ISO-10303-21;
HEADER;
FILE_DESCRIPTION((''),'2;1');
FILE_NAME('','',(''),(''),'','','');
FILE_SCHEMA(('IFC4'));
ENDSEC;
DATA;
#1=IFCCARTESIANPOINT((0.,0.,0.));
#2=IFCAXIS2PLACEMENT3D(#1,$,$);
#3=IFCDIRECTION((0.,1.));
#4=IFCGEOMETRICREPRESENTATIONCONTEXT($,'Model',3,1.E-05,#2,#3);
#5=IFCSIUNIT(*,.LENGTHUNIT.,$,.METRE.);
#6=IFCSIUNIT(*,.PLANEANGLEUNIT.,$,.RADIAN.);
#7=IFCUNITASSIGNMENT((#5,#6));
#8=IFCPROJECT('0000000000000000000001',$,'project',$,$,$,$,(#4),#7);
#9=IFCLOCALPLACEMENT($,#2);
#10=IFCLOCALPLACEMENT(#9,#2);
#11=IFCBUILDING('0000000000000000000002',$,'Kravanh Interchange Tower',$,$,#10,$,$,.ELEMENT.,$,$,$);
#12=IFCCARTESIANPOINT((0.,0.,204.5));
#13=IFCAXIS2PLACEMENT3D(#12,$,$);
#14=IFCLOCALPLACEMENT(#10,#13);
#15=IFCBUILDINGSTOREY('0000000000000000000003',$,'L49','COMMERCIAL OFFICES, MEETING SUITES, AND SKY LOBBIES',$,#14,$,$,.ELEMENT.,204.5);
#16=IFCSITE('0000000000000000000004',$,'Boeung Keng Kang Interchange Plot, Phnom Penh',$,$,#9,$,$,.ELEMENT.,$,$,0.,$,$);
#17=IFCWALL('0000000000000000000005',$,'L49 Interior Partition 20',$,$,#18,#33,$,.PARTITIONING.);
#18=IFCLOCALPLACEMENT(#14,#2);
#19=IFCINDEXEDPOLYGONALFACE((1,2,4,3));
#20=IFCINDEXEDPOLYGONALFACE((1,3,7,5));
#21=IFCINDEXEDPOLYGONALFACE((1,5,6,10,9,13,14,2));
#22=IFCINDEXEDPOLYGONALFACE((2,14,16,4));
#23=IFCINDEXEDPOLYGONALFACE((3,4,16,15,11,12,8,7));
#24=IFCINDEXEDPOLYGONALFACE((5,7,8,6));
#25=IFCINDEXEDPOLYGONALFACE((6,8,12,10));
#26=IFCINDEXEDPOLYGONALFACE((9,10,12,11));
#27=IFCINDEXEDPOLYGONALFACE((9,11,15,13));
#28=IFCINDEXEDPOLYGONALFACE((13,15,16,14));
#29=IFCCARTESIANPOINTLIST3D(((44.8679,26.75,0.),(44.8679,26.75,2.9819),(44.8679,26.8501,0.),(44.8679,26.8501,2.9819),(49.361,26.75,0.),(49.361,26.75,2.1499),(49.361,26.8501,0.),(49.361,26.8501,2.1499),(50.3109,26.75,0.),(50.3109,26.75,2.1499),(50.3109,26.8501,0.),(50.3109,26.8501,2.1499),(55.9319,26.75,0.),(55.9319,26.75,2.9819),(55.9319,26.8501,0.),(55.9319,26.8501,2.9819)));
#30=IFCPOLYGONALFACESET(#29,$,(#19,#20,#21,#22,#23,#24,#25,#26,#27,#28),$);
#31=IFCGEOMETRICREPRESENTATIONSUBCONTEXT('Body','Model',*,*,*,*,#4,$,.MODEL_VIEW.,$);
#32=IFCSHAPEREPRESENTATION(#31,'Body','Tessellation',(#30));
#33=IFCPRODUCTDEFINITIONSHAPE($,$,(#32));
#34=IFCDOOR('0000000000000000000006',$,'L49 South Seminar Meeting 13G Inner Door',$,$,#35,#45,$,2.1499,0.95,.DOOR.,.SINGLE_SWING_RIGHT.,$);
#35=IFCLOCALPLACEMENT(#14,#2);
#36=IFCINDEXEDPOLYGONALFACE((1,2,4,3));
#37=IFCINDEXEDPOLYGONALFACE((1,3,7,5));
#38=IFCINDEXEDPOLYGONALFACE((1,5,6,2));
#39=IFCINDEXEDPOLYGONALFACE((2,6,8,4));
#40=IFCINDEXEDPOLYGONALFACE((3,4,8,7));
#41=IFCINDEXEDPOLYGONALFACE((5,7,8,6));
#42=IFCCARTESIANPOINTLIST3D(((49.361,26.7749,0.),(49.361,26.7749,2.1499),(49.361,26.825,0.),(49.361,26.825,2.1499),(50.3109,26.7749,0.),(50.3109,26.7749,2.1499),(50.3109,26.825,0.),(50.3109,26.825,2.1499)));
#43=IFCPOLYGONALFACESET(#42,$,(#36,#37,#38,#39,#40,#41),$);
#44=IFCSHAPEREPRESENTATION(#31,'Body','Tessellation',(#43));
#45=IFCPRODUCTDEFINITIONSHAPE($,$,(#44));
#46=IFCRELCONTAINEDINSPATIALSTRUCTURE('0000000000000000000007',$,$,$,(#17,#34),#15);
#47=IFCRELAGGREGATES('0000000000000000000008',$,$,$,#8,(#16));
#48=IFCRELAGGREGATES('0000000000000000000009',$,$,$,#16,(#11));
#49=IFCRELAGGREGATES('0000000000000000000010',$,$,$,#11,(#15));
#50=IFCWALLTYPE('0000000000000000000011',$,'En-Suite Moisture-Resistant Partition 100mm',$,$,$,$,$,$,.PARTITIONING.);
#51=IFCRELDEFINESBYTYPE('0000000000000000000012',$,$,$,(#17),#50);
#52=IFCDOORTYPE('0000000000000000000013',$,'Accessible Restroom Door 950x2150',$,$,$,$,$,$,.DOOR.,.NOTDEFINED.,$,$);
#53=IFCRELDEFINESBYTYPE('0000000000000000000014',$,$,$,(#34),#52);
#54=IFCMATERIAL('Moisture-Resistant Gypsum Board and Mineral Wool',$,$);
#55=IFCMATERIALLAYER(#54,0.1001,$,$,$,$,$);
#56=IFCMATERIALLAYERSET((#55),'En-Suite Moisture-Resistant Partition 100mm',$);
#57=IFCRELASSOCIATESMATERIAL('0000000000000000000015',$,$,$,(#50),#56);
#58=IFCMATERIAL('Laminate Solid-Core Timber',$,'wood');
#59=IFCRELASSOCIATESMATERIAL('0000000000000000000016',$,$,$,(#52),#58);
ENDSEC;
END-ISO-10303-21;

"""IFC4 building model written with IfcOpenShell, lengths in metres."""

from ifc_helpers import new_model, si_unit, direction, frame, frame_2d, origin, place, context, subcontext, project, spatial, rectangle, extrude, material, layer, layer_set, type_object, element, fill, save


model = new_model("IFC4")

# Units and contexts
model_context = context("Model", 3, precision=1e-05, world=origin(), true_north=direction((0.0, 1.0)))
body_context = subcontext(model_context, "Body", "Model", "MODEL_VIEW")
ifc_project = project(units=[si_unit("LENGTHUNIT", "METRE"), si_unit("PLANEANGLEUNIT", "RADIAN")], contexts=[model_context])

# Site, building, storey
site_placement = place(None, origin())
site = spatial("IfcSite", under=ifc_project, at=site_placement, Name="Boeung Keng Kang Interchange Plot, Phnom Penh", CompositionType="ELEMENT", RefElevation=0.0)
building_placement = place(site_placement, origin())
building = spatial("IfcBuilding", under=site, at=building_placement, Name="Kravanh Interchange Tower", CompositionType="ELEMENT")
storey_placement = place(building_placement, frame((0.0, 0.0, 204.5)))
storey = spatial("IfcBuildingStorey", under=building, at=storey_placement, Name="L49", Description="COMMERCIAL OFFICES, MEETING SUITES, AND SKY LOBBIES", CompositionType="ELEMENT", Elevation=204.5)

# Wall, opening, door
ifc_material_1 = material(Name="Moisture-Resistant Gypsum Board and Mineral Wool")
ifc_layer_1 = layer(ifc_material_1, 0.1001)
ifc_layer_set_1 = layer_set([ifc_layer_1], Name="En-Suite Moisture-Resistant Partition 100mm")
wall_type_1 = type_object("IfcWallType", Name="En-Suite Moisture-Resistant Partition 100mm", PredefinedType="PARTITIONING", material=ifc_layer_set_1)
wall_1_placement = place(storey_placement, frame((44.8679, 26.8, 0.0), z_axis=(0.0, 0.0, 1.0), x_axis=(1.0, 0.0, 0.0)))
wall_1 = element("IfcWall", 1, at=wall_1_placement, inside=storey, type_object=wall_type_1, Name="L49 Interior Partition 20", PredefinedType="PARTITIONING", context=body_context, shape_type="SweptSolid", body=[
    extrude(rectangle(XDim=11.064, YDim=0.1001, at=frame_2d((5.532, 0.0))), origin(), (0.0, 0.0, 1.0), 2.9819),
])
opening_placement = place(wall_1_placement, frame((4.4929, 0.0, 0.0)))
opening = element("IfcOpeningElement", 2, at=opening_placement, cuts=wall_1, PredefinedType="OPENING", context=body_context, shape_type="SweptSolid", body=[
    extrude(rectangle(XDim=0.95, YDim=2.1499, at=frame_2d((0.4751, 1.075))), frame((0.0, 0.0601, 0.0), z_axis=(0.0, -1.0, 0.0), x_axis=(1.0, 0.0, 0.0)), (0.0, 0.0, 1.0), 0.1201),
])
ifc_material_2 = material(Name="Laminate Solid-Core Timber", Category="wood")
door_type = type_object("IfcDoorType", Name="Accessible Restroom Door 950x2150", OperationType="NOTDEFINED", PredefinedType="DOOR", material=ifc_material_2)
door_placement = place(opening_placement, origin())
door = element("IfcDoor", 3, at=door_placement, inside=storey, type_object=door_type, Name="L49 South Seminar Meeting 13G Inner Door", OperationType="SINGLE_SWING_RIGHT", OverallHeight=2.1499, OverallWidth=0.95, PredefinedType="DOOR", context=body_context, shape_type="SweptSolid", body=[
    extrude(rectangle(XDim=0.95, YDim=2.1499, at=frame_2d((0.4751, 1.075))), frame((0.0, 0.0249, 0.0), z_axis=(0.0, -1.0, 0.0), x_axis=(1.0, 0.0, 0.0)), (0.0, 0.0, 1.0), 0.05),
])
fill(opening, door)

save(model, "model.ifc")
